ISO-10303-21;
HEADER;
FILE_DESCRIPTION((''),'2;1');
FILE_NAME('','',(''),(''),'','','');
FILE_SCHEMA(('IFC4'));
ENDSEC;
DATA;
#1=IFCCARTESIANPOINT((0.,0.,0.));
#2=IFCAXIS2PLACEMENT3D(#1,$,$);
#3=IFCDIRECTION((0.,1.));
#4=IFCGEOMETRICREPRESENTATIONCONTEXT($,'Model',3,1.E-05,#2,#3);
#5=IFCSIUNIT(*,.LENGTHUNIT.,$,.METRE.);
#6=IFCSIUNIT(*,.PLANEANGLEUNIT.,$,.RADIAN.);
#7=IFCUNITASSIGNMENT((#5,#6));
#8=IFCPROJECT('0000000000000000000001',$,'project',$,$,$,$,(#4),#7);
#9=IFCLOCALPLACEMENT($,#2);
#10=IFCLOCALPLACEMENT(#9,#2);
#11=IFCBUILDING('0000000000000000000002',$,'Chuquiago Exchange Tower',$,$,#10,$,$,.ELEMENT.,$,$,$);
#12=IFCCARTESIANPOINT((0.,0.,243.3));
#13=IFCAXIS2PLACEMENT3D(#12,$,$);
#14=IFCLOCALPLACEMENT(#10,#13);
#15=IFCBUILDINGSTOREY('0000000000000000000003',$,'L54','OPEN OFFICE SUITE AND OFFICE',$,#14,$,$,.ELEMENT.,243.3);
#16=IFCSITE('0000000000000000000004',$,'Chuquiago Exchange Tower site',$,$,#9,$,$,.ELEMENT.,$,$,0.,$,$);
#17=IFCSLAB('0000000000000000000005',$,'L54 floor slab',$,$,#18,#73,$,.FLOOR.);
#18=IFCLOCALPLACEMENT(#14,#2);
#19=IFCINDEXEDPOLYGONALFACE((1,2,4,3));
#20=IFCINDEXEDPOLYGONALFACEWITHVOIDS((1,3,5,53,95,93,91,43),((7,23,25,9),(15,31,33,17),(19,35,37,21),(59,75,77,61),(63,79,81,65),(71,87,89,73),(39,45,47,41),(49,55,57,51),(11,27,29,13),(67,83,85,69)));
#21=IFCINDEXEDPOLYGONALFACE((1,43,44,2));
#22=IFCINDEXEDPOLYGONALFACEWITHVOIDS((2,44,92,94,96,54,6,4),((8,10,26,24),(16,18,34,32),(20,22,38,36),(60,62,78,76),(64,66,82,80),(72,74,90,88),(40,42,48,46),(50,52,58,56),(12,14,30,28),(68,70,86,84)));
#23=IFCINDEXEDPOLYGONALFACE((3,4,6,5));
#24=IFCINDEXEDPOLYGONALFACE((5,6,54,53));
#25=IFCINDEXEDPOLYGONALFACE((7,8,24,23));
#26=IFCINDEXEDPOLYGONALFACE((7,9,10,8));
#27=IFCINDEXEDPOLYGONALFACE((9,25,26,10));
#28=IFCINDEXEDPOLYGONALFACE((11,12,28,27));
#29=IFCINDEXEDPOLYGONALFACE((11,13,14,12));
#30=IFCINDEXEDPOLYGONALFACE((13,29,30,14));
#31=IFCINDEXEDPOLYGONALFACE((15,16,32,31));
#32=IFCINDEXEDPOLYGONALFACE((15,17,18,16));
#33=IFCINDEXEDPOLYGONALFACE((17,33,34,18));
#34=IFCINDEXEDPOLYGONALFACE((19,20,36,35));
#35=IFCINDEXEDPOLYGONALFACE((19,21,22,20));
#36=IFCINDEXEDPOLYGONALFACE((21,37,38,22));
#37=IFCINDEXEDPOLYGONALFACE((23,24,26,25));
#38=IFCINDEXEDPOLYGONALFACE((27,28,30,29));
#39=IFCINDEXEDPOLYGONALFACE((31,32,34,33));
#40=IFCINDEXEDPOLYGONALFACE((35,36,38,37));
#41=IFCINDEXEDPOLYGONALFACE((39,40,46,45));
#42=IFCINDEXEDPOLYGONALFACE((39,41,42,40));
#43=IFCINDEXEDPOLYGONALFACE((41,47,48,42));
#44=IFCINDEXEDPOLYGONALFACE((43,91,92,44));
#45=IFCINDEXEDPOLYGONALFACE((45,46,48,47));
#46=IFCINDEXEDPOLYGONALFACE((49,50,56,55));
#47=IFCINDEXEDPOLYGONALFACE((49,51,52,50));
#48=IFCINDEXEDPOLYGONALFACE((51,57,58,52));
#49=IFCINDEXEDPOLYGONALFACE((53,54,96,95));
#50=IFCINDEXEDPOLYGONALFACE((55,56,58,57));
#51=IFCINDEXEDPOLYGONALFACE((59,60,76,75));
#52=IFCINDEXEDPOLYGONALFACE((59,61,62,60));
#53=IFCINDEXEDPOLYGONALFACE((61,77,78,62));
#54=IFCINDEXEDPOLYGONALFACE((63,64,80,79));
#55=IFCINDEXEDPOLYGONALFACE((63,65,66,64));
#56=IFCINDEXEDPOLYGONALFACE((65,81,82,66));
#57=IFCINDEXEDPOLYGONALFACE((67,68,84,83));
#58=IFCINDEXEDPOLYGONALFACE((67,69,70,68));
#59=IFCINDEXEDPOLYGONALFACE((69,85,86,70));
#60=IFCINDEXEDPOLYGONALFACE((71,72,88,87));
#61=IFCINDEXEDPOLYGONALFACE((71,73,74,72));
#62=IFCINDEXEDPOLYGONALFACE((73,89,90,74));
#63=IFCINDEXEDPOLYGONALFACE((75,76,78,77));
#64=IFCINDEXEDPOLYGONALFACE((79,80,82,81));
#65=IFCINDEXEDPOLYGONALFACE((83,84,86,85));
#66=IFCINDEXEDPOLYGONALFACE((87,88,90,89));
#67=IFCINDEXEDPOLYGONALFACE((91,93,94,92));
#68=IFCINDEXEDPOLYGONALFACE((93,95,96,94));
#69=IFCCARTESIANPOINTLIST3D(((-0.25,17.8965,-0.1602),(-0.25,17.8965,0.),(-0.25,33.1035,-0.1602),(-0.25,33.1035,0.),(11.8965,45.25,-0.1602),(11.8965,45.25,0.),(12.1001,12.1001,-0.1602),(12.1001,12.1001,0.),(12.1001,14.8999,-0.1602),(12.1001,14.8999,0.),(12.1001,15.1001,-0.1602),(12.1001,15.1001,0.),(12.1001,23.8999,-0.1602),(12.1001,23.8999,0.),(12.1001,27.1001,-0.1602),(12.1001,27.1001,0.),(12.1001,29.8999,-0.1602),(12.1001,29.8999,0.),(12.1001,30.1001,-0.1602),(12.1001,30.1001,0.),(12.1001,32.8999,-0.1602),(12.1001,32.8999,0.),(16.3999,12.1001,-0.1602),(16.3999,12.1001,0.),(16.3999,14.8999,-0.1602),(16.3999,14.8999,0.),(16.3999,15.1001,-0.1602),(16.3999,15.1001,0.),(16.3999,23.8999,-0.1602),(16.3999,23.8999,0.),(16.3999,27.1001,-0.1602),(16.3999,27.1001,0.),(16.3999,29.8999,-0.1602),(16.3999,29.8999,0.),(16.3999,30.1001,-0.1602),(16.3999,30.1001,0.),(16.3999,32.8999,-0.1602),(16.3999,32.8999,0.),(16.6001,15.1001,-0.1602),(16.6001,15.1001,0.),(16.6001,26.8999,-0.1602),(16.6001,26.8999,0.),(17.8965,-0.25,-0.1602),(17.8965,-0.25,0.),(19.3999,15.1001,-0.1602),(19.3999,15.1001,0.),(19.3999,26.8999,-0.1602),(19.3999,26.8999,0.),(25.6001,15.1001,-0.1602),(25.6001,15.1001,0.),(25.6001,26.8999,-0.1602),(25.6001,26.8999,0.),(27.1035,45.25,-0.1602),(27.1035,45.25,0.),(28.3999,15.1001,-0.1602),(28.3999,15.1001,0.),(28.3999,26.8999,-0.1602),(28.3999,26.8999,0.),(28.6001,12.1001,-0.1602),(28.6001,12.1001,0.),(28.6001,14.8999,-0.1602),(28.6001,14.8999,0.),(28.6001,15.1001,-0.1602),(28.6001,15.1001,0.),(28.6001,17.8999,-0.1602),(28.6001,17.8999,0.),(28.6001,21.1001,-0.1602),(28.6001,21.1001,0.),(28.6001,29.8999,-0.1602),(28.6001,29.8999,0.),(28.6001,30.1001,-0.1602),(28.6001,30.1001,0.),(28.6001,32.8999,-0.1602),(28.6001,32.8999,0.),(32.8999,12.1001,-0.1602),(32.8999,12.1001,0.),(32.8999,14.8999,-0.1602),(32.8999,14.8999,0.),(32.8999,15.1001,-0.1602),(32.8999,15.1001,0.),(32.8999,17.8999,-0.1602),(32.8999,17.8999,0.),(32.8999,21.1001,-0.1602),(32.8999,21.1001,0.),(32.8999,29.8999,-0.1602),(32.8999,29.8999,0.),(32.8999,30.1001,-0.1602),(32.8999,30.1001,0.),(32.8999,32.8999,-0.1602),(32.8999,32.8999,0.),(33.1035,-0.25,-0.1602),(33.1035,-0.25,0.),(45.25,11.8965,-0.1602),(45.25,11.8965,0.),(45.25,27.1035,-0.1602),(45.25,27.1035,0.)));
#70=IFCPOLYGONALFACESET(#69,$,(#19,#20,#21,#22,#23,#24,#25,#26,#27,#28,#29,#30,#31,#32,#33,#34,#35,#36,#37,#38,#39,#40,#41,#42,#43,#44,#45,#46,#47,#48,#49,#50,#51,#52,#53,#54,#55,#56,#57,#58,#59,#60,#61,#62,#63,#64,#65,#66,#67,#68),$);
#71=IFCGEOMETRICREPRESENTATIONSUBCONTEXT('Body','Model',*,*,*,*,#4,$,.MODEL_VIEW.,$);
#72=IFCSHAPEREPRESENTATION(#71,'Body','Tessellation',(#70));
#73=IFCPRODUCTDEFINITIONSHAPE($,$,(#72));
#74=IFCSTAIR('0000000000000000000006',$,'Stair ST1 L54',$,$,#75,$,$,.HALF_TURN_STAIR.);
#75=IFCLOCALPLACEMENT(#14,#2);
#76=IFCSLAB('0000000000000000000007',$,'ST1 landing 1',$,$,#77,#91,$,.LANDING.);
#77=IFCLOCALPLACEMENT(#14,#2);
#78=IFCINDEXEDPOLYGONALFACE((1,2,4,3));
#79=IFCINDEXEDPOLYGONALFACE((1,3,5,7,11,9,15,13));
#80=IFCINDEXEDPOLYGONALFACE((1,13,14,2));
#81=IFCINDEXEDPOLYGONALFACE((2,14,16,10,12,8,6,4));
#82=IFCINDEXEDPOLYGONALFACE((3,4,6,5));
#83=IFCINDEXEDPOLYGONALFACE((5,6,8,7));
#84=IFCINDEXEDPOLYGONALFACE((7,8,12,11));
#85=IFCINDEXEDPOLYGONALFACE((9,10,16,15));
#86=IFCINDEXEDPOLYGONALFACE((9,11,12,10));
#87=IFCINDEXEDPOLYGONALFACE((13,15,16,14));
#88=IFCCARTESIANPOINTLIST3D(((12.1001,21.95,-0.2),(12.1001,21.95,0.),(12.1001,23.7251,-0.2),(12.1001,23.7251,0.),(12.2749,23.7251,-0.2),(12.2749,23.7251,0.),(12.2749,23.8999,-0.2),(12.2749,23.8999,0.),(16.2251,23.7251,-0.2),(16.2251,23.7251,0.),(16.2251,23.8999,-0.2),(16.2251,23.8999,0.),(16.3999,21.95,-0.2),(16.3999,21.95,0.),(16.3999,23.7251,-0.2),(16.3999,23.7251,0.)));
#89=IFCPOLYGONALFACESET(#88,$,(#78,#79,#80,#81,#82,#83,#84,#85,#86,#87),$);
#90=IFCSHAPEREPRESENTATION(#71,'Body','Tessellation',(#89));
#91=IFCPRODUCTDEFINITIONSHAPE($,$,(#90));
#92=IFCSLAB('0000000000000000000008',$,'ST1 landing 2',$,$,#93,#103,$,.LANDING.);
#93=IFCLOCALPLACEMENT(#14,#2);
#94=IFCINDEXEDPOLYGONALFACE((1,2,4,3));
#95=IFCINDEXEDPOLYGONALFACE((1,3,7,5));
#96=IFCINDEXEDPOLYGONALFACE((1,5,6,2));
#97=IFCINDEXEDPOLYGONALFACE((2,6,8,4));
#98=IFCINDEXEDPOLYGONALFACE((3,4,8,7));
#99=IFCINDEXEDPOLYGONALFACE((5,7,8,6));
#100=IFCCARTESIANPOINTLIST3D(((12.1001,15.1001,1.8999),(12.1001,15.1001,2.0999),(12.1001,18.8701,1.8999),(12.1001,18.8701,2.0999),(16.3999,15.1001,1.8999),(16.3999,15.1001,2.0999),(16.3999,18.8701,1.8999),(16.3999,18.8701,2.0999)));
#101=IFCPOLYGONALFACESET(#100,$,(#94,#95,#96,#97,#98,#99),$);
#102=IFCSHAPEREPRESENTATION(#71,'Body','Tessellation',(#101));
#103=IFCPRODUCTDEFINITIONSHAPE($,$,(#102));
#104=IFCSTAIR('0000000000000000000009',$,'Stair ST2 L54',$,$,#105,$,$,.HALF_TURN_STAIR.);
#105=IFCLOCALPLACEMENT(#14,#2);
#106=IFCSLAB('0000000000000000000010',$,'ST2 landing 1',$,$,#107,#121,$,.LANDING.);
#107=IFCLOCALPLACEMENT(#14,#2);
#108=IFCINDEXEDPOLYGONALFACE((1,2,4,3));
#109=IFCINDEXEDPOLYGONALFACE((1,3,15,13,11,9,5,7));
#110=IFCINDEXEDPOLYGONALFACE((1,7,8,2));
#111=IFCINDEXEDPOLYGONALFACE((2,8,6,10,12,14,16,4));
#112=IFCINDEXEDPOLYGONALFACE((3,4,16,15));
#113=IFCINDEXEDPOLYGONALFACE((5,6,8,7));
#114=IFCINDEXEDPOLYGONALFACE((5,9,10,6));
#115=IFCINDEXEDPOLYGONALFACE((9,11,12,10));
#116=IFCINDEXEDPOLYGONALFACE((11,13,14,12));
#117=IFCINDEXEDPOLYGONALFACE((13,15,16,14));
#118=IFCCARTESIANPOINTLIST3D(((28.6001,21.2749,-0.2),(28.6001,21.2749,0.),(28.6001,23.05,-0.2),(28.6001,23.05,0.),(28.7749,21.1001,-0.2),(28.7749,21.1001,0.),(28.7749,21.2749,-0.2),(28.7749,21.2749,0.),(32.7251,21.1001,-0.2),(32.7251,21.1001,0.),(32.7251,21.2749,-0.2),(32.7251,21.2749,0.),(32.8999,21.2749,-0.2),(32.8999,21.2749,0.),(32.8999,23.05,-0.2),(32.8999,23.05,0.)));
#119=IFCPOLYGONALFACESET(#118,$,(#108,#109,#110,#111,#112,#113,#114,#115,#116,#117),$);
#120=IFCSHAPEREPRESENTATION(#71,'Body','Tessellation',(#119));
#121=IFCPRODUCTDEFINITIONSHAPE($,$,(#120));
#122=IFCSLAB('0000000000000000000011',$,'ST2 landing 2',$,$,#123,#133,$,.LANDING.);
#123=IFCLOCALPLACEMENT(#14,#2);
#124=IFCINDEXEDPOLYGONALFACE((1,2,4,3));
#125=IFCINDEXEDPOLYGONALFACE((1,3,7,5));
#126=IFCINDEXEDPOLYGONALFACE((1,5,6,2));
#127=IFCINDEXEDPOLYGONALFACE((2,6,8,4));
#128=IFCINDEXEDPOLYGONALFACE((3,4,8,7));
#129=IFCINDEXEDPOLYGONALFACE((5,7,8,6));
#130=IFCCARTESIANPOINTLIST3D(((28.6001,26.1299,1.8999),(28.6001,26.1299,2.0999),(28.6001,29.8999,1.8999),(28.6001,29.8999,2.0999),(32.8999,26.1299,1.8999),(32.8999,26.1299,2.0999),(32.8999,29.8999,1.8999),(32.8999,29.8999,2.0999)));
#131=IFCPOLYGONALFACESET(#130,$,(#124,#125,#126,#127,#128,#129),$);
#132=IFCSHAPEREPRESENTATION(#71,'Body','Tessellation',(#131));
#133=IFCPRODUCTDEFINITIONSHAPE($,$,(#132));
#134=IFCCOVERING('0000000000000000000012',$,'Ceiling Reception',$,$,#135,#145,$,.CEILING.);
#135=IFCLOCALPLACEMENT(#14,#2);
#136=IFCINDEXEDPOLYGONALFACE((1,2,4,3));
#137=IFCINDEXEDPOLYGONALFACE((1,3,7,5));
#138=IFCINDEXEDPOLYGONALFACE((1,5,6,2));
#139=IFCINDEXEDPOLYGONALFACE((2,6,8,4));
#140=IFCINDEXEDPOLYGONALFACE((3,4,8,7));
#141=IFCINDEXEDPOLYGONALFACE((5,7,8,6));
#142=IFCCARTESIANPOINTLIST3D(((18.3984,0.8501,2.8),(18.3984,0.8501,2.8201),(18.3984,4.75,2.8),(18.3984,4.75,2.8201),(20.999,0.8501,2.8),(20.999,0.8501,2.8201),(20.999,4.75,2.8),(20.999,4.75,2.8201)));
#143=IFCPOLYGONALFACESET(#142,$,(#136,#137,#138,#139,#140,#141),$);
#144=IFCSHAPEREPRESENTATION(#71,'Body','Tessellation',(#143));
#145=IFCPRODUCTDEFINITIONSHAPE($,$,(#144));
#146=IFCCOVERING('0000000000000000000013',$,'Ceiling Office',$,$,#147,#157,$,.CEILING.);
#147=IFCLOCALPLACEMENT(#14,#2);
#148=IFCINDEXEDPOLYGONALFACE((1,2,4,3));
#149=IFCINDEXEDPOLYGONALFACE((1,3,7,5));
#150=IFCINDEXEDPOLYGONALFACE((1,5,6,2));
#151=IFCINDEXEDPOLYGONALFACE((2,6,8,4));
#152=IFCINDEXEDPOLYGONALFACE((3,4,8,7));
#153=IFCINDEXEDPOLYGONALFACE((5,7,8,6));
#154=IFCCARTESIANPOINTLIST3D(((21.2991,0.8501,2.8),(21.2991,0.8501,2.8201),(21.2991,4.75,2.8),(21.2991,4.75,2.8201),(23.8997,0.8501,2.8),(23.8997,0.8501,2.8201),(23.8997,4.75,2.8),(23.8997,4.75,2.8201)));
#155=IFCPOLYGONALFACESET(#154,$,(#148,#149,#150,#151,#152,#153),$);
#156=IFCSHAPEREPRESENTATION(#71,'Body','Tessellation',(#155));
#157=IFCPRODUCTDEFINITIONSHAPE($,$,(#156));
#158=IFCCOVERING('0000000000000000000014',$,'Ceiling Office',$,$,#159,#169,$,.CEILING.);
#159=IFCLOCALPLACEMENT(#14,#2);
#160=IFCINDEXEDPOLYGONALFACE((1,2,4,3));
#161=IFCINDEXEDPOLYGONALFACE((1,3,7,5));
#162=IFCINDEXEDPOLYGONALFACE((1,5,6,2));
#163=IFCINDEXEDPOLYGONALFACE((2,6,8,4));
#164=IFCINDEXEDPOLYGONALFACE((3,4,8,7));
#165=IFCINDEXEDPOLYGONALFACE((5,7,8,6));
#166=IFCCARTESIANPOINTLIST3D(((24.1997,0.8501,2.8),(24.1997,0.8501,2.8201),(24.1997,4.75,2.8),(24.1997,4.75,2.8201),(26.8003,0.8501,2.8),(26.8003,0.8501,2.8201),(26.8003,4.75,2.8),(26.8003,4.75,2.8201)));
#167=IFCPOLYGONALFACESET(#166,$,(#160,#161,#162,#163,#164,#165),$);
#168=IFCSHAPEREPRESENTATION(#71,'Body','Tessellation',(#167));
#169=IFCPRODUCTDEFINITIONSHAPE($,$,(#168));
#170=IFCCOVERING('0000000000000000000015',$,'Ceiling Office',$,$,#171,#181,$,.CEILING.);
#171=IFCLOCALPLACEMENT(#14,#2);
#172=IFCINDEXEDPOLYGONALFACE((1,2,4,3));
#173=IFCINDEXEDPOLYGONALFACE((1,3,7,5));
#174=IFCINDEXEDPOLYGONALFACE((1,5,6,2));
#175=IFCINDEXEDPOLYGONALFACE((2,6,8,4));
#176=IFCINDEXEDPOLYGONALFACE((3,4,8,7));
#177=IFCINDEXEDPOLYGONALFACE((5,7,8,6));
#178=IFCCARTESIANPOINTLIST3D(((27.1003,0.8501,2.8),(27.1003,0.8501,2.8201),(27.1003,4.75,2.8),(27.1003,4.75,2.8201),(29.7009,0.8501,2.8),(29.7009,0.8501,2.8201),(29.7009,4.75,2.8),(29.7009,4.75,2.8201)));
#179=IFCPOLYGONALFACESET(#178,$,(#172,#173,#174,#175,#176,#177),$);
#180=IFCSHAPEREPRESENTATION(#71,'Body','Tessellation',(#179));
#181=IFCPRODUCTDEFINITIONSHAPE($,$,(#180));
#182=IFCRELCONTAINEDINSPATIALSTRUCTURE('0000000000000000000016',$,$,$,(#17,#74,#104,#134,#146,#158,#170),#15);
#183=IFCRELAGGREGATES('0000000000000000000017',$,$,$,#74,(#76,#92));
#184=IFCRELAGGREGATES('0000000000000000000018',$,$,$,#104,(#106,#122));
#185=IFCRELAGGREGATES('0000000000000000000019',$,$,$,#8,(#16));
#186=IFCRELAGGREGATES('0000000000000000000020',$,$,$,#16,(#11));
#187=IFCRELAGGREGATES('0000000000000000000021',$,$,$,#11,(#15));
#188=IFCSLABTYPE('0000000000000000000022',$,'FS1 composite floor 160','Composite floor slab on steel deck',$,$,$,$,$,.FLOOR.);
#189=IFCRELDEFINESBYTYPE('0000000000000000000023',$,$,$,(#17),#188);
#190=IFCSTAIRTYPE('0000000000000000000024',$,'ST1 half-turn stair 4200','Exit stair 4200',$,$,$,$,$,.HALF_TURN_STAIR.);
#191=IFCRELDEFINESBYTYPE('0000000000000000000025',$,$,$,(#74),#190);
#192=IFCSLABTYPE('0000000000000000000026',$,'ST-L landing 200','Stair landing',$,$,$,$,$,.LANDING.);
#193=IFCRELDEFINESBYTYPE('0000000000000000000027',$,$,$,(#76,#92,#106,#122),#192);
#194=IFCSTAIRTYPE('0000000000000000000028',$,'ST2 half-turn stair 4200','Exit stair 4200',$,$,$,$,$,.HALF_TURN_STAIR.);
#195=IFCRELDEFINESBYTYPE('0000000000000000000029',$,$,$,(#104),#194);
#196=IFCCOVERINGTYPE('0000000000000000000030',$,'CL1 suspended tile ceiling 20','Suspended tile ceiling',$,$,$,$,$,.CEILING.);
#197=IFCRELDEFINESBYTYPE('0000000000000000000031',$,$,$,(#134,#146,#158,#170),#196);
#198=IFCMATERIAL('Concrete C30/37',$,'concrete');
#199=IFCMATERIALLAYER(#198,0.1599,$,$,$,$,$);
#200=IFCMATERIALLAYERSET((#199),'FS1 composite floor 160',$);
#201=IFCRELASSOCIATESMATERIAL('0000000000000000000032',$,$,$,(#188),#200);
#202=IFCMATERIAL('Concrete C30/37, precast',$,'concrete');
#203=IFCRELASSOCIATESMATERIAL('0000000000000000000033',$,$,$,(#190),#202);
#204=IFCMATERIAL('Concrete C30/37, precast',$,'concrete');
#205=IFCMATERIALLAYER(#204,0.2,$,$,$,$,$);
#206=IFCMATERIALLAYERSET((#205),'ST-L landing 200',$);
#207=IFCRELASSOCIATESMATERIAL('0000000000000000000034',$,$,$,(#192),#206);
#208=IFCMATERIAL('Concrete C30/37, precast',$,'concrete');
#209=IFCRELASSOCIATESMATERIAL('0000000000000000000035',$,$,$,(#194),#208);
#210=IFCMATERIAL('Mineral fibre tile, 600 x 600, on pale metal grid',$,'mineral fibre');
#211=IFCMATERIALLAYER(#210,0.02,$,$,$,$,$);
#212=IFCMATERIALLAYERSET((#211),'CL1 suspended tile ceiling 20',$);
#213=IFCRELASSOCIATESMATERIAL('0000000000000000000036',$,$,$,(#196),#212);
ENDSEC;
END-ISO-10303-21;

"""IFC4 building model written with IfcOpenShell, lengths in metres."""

from ifc_helpers import new_model, si_unit, direction, frame, origin, place, context, subcontext, project, spatial, polyline, outline, extrude, material, layer, layer_set, type_object, element, aggregate, save


model = new_model("IFC4")

# Units and contexts
model_context = context("Model", 3, precision=1e-05, world=origin(), true_north=direction((0.0, 1.0)))
body_context = subcontext(model_context, "Body", "Model", "MODEL_VIEW")
ifc_project = project(units=[si_unit("LENGTHUNIT", "METRE"), si_unit("PLANEANGLEUNIT", "RADIAN")], contexts=[model_context])

# Site, building, storey
site_placement = place(None, origin())
site = spatial("IfcSite", under=ifc_project, at=site_placement, Name="Chuquiago Exchange Tower site", CompositionType="ELEMENT", RefElevation=0.0)
building_placement = place(site_placement, origin())
building = spatial("IfcBuilding", under=site, at=building_placement, Name="Chuquiago Exchange Tower", CompositionType="ELEMENT")
storey_placement = place(building_placement, frame((0.0, 0.0, 243.3)))
storey = spatial("IfcBuildingStorey", under=building, at=storey_placement, Name="L54", Description="OPEN OFFICE SUITE AND OFFICE", CompositionType="ELEMENT", Elevation=243.3)

# Slab
ifc_material_1 = material(Name="Concrete C30/37", Category="concrete")
ifc_layer_1 = layer(ifc_material_1, 0.1599)
ifc_layer_set_1 = layer_set([ifc_layer_1], Name="FS1 composite floor 160")
slab_type_1 = type_object("IfcSlabType", Name="FS1 composite floor 160", Description="Composite floor slab on steel deck", PredefinedType="FLOOR", material=ifc_layer_set_1)
slab_1_placement = place(storey_placement, frame((0.0, 0.0, -0.1602)))
element("IfcSlab", 1, at=slab_1_placement, inside=storey, type_object=slab_type_1, Name="L54 floor slab", PredefinedType="FLOOR", context=body_context, shape_type="SweptSolid", body=[
    extrude(outline(polyline([(17.8965, -0.25), (-0.25, 17.8965), (-0.25, 33.1035), (11.8965, 45.25), (27.1035, 45.25), (45.25, 27.1035), (45.25, 11.8965), (33.1035, -0.25), (17.8965, -0.25)]), holes=[polyline([(16.3999, 15.1001), (12.1001, 15.1001), (12.1001, 23.8999), (16.3999, 23.8999), (16.3999, 15.1001)]), polyline([(32.8999, 21.1001), (28.6001, 21.1001), (28.6001, 29.8999), (32.8999, 29.8999), (32.8999, 21.1001)]), polyline([(16.3999, 12.1001), (12.1001, 12.1001), (12.1001, 14.8999), (16.3999, 14.8999), (16.3999, 12.1001)]), polyline([(16.3999, 30.1001), (12.1001, 30.1001), (12.1001, 32.8999), (16.3999, 32.8999), (16.3999, 30.1001)]), polyline([(32.8999, 12.1001), (28.6001, 12.1001), (28.6001, 14.8999), (32.8999, 14.8999), (32.8999, 12.1001)]), polyline([(32.8999, 30.1001), (28.6001, 30.1001), (28.6001, 32.8999), (32.8999, 32.8999), (32.8999, 30.1001)]), polyline([(16.3999, 27.1001), (12.1001, 27.1001), (12.1001, 29.8999), (16.3999, 29.8999), (16.3999, 27.1001)]), polyline([(32.8999, 15.1001), (28.6001, 15.1001), (28.6001, 17.8999), (32.8999, 17.8999), (32.8999, 15.1001)]), polyline([(19.3999, 15.1001), (16.6001, 15.1001), (16.6001, 26.8999), (19.3999, 26.8999), (19.3999, 15.1001)]), polyline([(28.3999, 15.1001), (25.6001, 15.1001), (25.6001, 26.8999), (28.3999, 26.8999), (28.3999, 15.1001)])]), origin(), (0.0, 0.0, 1.0), 0.1602),
])

# Stairs, slabs
ifc_material_2 = material(Name="Concrete C30/37, precast", Category="concrete")
stair_type_1 = type_object("IfcStairType", Name="ST1 half-turn stair 4200", Description="Exit stair 4200", PredefinedType="HALF_TURN_STAIR", material=ifc_material_2)
stair_1_placement = place(storey_placement, origin())
stair_1 = element("IfcStair", 2, at=stair_1_placement, inside=storey, type_object=stair_type_1, Name="Stair ST1 L54", PredefinedType="HALF_TURN_STAIR")
ifc_material_3 = material(Name="Concrete C30/37, precast", Category="concrete")
ifc_layer_2 = layer(ifc_material_3, 0.2)
ifc_layer_set_2 = layer_set([ifc_layer_2], Name="ST-L landing 200")
slab_type_2 = type_object("IfcSlabType", Name="ST-L landing 200", Description="Stair landing", PredefinedType="LANDING", material=ifc_layer_set_2)
slab_2_placement = place(storey_placement, frame((0.0, 0.0, -0.2)))
slab_2 = element("IfcSlab", 3, at=slab_2_placement, type_object=slab_type_2, Name="ST1 landing 1", PredefinedType="LANDING", context=body_context, shape_type="SweptSolid", body=[
    extrude(outline(polyline([(12.2749, 23.8999), (16.2251, 23.8999), (16.2251, 23.7251), (16.3999, 23.7251), (16.3999, 21.95), (12.1001, 21.95), (12.1001, 23.7251), (12.2749, 23.7251), (12.2749, 23.8999)])), origin(), (0.0, 0.0, 1.0), 0.2),
])
slab_3_placement = place(storey_placement, frame((0.0, 0.0, 1.8999)))
slab_3 = element("IfcSlab", 4, at=slab_3_placement, type_object=slab_type_2, Name="ST1 landing 2", PredefinedType="LANDING", context=body_context, shape_type="SweptSolid", body=[
    extrude(outline(polyline([(12.1001, 18.8701), (16.3999, 18.8701), (16.3999, 15.1001), (12.1001, 15.1001), (12.1001, 18.8701)])), origin(), (0.0, 0.0, 1.0), 0.2),
])
aggregate(stair_1, [slab_2, slab_3])
ifc_material_4 = material(Name="Concrete C30/37, precast", Category="concrete")
stair_type_2 = type_object("IfcStairType", Name="ST2 half-turn stair 4200", Description="Exit stair 4200", PredefinedType="HALF_TURN_STAIR", material=ifc_material_4)
stair_2_placement = place(storey_placement, origin())
stair_2 = element("IfcStair", 5, at=stair_2_placement, inside=storey, type_object=stair_type_2, Name="Stair ST2 L54", PredefinedType="HALF_TURN_STAIR")
slab_4_placement = place(storey_placement, frame((0.0, 0.0, -0.2)))
slab_4 = element("IfcSlab", 6, at=slab_4_placement, type_object=slab_type_2, Name="ST2 landing 1", PredefinedType="LANDING", context=body_context, shape_type="SweptSolid", body=[
    extrude(outline(polyline([(32.7251, 21.2749), (32.7251, 21.1001), (28.7749, 21.1001), (28.7749, 21.2749), (28.6001, 21.2749), (28.6001, 23.05), (32.8999, 23.05), (32.8999, 21.2749), (32.7251, 21.2749)])), origin(), (0.0, 0.0, 1.0), 0.2),
])
slab_5_placement = place(storey_placement, frame((0.0, 0.0, 1.8999)))
slab_5 = element("IfcSlab", 7, at=slab_5_placement, type_object=slab_type_2, Name="ST2 landing 2", PredefinedType="LANDING", context=body_context, shape_type="SweptSolid", body=[
    extrude(outline(polyline([(28.6001, 29.8999), (32.8999, 29.8999), (32.8999, 26.1299), (28.6001, 26.1299), (28.6001, 29.8999)])), origin(), (0.0, 0.0, 1.0), 0.2),
])
aggregate(stair_2, [slab_4, slab_5])

# Coverings
ifc_material_5 = material(Name="Mineral fibre tile, 600 x 600, on pale metal grid", Category="mineral fibre")
ifc_layer_3 = layer(ifc_material_5, 0.02)
ifc_layer_set_3 = layer_set([ifc_layer_3], Name="CL1 suspended tile ceiling 20")
covering_type_1 = type_object("IfcCoveringType", Name="CL1 suspended tile ceiling 20", Description="Suspended tile ceiling", PredefinedType="CEILING", material=ifc_layer_set_3)
covering_1_placement = place(storey_placement, frame((0.0, 0.0, 2.8)))
element("IfcCovering", 8, at=covering_1_placement, inside=storey, type_object=covering_type_1, Name="Ceiling Reception", PredefinedType="CEILING", context=body_context, shape_type="SweptSolid", body=[
    extrude(outline(polyline([(18.3984, 4.75), (20.999, 4.75), (20.999, 0.8501), (18.3984, 0.8501), (18.3984, 4.75)])), origin(), (0.0, 0.0, 1.0), 0.02),
])
covering_2_placement = place(storey_placement, frame((0.0, 0.0, 2.8)))
element("IfcCovering", 9, at=covering_2_placement, inside=storey, type_object=covering_type_1, Name="Ceiling Office", PredefinedType="CEILING", context=body_context, shape_type="SweptSolid", body=[
    extrude(outline(polyline([(21.2991, 4.75), (23.8997, 4.75), (23.8997, 0.8501), (21.2991, 0.8501), (21.2991, 4.75)])), origin(), (0.0, 0.0, 1.0), 0.02),
])
covering_3_placement = place(storey_placement, frame((0.0, 0.0, 2.8)))
element("IfcCovering", 10, at=covering_3_placement, inside=storey, type_object=covering_type_1, Name="Ceiling Office", PredefinedType="CEILING", context=body_context, shape_type="SweptSolid", body=[
    extrude(outline(polyline([(24.1997, 4.75), (26.8003, 4.75), (26.8003, 0.8501), (24.1997, 0.8501), (24.1997, 4.75)])), origin(), (0.0, 0.0, 1.0), 0.02),
])
covering_4_placement = place(storey_placement, frame((0.0, 0.0, 2.8)))
element("IfcCovering", 11, at=covering_4_placement, inside=storey, type_object=covering_type_1, Name="Ceiling Office", PredefinedType="CEILING", context=body_context, shape_type="SweptSolid", body=[
    extrude(outline(polyline([(27.1003, 4.75), (29.7009, 4.75), (29.7009, 0.8501), (27.1003, 0.8501), (27.1003, 4.75)])), origin(), (0.0, 0.0, 1.0), 0.02),
])

save(model, "model.ifc")
